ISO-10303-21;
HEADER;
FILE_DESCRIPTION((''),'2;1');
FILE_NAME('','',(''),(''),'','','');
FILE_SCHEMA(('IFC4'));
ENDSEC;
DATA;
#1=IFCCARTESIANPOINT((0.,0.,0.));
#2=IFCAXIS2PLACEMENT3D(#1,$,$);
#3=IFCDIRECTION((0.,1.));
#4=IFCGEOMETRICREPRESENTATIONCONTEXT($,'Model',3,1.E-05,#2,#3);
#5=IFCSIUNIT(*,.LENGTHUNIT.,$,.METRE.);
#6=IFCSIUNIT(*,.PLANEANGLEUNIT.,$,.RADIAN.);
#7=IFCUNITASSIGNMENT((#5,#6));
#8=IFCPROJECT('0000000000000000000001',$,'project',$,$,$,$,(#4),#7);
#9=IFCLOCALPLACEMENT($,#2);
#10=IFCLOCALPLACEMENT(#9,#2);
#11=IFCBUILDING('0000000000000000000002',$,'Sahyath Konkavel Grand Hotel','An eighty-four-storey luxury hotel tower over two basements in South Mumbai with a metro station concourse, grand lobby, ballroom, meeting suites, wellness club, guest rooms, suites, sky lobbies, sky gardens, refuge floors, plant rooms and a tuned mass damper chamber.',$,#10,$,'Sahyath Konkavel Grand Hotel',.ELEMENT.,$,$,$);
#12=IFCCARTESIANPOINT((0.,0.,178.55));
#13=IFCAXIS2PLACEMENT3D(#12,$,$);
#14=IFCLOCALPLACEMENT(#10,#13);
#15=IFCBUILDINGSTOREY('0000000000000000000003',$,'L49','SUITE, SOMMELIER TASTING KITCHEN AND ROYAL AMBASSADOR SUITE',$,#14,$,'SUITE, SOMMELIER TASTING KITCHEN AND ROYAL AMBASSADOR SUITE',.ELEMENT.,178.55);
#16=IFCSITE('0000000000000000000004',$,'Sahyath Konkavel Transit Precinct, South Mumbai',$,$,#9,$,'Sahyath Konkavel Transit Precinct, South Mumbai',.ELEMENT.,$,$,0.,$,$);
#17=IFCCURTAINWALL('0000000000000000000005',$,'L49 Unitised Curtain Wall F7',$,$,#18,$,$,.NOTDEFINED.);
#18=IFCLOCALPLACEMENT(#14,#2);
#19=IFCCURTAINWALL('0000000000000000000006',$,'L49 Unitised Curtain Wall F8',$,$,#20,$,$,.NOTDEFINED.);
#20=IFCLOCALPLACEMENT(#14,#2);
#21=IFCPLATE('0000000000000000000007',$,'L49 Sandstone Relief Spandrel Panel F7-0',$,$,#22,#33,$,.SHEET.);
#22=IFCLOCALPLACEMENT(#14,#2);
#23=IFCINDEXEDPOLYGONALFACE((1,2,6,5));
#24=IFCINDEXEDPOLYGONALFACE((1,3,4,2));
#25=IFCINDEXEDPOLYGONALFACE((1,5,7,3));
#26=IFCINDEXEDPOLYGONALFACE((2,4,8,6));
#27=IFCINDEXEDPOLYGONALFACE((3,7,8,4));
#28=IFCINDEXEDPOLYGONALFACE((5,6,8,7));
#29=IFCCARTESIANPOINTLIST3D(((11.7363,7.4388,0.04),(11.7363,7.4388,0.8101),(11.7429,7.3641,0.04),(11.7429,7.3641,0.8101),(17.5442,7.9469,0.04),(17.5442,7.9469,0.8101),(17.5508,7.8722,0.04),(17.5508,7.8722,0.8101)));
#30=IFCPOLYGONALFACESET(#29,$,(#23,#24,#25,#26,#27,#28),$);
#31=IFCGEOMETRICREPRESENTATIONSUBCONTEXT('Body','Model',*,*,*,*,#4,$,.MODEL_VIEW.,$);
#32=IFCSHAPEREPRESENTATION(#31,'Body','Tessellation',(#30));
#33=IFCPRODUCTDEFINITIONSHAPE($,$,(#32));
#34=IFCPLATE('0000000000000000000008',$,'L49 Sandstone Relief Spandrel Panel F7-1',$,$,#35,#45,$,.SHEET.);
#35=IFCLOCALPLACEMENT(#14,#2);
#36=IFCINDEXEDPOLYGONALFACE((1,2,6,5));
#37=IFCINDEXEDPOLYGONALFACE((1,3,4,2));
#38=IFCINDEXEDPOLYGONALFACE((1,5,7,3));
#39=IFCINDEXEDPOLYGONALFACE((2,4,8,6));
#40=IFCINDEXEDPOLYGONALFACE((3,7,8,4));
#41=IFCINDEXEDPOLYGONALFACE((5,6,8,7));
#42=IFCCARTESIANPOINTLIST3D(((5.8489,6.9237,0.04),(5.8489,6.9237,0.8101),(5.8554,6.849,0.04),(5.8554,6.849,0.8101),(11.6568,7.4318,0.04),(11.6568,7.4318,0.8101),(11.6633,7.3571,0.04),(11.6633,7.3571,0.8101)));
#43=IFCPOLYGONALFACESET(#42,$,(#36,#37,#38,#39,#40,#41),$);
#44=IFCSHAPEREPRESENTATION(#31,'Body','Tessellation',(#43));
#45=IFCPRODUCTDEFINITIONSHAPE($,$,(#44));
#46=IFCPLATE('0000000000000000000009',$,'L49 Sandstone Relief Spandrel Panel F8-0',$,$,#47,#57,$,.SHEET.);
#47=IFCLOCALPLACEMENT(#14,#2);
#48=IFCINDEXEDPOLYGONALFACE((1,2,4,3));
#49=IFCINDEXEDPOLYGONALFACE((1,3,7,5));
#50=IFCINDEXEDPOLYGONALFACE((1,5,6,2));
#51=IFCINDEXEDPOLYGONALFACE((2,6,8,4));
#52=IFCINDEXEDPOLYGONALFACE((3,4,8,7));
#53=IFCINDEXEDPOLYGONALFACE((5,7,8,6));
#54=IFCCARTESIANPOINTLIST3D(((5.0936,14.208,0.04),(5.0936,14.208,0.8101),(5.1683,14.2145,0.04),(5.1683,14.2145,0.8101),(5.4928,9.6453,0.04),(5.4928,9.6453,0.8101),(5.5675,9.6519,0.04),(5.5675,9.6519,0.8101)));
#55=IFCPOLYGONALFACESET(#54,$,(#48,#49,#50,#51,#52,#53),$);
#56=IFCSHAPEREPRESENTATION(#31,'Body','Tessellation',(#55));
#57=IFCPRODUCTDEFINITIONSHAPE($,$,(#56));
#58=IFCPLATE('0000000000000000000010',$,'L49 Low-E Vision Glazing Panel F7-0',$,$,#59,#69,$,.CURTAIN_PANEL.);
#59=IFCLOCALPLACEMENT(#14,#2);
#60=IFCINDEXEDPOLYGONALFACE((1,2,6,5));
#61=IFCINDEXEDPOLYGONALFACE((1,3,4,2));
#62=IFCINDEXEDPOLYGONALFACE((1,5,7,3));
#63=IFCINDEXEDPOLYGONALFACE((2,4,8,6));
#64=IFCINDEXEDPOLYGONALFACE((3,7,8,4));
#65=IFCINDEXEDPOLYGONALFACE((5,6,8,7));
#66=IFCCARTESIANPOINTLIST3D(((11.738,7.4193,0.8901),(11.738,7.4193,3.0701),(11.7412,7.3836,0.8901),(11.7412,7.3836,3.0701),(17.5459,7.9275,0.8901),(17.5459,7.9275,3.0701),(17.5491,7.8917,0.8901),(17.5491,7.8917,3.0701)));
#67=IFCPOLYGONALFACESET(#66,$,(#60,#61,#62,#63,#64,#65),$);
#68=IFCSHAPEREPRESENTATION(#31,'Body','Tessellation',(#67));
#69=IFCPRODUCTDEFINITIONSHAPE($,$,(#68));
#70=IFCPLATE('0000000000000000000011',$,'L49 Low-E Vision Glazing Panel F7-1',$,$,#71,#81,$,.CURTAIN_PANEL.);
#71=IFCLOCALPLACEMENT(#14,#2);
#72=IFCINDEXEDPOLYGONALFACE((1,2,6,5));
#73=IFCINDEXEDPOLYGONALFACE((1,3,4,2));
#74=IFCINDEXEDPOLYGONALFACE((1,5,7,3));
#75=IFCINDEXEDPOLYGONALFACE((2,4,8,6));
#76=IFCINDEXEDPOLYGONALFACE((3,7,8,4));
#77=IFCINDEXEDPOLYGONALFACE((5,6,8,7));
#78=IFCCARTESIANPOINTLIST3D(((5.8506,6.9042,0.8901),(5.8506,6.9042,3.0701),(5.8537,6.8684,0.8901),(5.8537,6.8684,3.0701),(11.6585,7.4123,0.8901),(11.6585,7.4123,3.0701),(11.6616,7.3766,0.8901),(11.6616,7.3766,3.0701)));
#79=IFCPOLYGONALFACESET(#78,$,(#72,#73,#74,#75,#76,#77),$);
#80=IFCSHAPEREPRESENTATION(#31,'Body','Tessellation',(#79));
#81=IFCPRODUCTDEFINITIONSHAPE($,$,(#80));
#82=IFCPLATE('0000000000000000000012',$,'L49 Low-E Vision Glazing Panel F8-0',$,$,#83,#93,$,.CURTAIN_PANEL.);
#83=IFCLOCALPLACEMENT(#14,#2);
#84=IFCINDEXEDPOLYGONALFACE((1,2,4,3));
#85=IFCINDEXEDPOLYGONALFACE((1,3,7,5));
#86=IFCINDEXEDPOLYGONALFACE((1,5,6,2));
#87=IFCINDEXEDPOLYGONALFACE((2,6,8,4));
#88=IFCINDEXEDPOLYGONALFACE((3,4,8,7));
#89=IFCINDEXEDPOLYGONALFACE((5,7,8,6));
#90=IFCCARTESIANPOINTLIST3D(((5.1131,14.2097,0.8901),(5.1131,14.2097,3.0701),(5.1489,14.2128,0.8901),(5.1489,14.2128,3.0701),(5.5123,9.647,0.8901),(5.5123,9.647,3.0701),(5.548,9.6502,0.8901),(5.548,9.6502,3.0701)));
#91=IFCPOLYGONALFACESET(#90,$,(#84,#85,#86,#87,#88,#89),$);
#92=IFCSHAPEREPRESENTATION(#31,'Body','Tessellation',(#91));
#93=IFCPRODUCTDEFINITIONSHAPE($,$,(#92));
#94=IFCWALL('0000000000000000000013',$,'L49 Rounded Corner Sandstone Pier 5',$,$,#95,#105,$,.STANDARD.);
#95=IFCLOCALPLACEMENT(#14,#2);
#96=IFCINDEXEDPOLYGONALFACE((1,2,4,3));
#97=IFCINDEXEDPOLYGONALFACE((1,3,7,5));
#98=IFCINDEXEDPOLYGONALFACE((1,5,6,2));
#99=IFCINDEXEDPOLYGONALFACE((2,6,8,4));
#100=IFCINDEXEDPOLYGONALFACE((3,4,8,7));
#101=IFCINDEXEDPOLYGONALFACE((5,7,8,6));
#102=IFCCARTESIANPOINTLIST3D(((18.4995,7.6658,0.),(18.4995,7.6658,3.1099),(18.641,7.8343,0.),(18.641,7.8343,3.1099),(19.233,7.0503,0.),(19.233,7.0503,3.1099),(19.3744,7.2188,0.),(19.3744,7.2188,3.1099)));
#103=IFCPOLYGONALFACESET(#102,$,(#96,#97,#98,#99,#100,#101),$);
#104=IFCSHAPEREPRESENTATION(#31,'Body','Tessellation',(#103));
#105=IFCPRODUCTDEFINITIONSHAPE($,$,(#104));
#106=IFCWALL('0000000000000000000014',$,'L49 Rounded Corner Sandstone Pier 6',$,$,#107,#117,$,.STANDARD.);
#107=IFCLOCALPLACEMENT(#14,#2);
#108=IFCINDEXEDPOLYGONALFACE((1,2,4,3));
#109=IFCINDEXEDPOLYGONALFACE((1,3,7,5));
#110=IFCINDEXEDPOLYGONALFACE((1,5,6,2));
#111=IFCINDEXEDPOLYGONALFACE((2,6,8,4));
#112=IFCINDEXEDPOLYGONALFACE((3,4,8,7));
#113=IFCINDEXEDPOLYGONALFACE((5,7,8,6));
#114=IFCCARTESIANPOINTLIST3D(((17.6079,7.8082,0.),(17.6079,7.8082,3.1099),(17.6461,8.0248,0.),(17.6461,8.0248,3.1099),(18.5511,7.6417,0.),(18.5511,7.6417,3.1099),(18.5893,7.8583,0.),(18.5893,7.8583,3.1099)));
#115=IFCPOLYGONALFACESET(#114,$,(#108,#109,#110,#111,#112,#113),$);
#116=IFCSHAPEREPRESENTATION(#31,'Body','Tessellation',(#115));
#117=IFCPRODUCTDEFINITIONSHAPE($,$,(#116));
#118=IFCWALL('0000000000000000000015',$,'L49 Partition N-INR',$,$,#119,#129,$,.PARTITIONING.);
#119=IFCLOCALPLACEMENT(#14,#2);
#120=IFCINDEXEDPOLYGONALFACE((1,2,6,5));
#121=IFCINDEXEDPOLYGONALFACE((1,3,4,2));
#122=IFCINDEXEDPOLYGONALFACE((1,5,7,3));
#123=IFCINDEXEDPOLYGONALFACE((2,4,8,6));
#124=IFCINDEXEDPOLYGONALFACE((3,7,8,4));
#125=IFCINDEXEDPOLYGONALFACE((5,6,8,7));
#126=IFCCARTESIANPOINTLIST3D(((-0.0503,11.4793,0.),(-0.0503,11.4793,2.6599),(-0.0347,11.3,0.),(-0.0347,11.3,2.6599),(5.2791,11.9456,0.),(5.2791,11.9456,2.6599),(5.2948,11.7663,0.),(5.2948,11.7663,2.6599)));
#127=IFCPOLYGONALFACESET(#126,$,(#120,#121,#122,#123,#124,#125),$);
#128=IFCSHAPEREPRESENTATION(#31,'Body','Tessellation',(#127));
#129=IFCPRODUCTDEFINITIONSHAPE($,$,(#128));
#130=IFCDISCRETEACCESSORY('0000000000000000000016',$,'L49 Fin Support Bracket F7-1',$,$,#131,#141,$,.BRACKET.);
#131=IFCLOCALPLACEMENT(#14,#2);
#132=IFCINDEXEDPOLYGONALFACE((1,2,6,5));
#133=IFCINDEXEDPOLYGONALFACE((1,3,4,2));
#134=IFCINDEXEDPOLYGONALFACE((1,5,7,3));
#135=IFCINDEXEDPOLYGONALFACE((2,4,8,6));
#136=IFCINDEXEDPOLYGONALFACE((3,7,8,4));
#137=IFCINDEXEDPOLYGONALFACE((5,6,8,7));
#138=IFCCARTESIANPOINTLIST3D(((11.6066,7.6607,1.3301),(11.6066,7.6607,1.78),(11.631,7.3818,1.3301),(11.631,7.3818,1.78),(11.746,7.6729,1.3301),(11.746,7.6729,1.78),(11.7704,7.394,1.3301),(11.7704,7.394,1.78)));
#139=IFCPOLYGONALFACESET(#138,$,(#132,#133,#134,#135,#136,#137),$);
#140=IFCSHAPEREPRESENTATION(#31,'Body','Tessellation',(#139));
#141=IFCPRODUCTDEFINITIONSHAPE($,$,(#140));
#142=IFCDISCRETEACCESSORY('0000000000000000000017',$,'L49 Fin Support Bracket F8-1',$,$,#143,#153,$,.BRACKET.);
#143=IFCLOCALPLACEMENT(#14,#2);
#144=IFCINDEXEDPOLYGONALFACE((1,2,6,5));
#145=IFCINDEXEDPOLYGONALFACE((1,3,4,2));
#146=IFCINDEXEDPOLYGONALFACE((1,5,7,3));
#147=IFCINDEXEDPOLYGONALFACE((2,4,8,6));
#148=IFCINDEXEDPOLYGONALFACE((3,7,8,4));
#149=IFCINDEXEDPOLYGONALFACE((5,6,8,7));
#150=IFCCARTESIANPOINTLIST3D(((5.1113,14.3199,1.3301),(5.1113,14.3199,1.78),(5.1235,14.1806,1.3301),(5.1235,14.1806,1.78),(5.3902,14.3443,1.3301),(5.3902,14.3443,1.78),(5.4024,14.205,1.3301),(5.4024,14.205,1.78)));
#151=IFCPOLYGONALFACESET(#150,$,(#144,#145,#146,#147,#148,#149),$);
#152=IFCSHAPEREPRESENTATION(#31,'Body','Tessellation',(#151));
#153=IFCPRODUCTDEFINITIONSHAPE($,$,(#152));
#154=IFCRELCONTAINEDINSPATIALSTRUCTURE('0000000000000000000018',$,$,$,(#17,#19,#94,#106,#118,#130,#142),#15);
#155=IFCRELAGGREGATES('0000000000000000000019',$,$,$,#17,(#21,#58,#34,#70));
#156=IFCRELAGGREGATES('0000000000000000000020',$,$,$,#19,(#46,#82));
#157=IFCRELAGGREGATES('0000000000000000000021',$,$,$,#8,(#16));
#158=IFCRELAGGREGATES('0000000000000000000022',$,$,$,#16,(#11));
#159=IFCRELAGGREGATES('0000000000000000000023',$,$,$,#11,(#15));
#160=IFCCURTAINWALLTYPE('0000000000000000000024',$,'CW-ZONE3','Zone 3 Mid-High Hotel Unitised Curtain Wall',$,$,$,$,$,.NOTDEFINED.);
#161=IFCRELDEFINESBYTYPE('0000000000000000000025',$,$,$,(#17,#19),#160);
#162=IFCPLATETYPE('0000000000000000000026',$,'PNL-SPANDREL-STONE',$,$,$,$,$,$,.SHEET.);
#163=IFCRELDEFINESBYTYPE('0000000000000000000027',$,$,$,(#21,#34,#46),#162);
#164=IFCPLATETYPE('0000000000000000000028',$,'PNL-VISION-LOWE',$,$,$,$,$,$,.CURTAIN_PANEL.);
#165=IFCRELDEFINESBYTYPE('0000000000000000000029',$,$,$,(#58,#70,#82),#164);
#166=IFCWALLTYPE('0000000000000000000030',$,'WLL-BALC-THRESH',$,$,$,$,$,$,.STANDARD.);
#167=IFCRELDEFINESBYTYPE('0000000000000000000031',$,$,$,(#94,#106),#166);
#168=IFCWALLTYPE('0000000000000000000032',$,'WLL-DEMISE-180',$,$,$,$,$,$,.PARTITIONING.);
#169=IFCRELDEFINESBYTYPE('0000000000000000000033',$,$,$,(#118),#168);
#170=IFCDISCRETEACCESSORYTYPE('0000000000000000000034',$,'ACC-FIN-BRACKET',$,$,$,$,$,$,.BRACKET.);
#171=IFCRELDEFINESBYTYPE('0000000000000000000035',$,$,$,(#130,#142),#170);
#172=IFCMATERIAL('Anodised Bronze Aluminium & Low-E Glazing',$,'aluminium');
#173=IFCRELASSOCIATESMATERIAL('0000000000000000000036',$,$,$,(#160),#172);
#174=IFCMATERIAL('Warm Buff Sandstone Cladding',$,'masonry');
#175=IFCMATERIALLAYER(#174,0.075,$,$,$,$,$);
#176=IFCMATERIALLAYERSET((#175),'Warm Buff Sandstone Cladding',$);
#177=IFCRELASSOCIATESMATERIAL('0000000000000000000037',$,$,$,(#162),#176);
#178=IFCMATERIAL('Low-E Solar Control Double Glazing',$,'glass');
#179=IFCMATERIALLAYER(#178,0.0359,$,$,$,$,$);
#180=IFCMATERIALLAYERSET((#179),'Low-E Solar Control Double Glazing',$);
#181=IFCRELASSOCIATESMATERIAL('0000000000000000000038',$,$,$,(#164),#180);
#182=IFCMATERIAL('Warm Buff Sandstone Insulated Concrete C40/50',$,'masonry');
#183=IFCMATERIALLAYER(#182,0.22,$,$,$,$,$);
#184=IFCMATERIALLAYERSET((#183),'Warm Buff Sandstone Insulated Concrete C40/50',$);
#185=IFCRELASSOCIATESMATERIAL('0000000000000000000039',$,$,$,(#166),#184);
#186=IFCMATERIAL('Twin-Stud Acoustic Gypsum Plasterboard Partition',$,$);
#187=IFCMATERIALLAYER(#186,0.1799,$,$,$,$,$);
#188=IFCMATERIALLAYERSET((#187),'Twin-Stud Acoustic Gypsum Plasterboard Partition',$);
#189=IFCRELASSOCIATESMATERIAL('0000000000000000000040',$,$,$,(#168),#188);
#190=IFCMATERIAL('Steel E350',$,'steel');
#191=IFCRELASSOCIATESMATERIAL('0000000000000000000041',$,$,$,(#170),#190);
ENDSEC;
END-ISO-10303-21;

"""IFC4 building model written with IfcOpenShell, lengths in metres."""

from ifc_helpers import new_model, si_unit, direction, frame, frame_2d, origin, origin_2d, place, context, subcontext, project, spatial, rectangle, extrude, source, transform, mapped, material, layer, layer_set, type_object, element, aggregate, save


model = new_model("IFC4")

# Units and contexts
model_context = context("Model", 3, precision=1e-05, world=origin(), true_north=direction((0.0, 1.0)))
body_context = subcontext(model_context, "Body", "Model", "MODEL_VIEW")
ifc_project = project(units=[si_unit("LENGTHUNIT", "METRE"), si_unit("PLANEANGLEUNIT", "RADIAN")], contexts=[model_context])

# Site, building, storey
site_placement = place(None, origin())
site = spatial("IfcSite", under=ifc_project, at=site_placement, Name="Sahyath Konkavel Transit Precinct, South Mumbai", LongName="Sahyath Konkavel Transit Precinct, South Mumbai", CompositionType="ELEMENT", RefElevation=0.0)
building_placement = place(site_placement, origin())
building = spatial("IfcBuilding", under=site, at=building_placement, Name="Sahyath Konkavel Grand Hotel", Description="An eighty-four-storey luxury hotel tower over two basements in South Mumbai with a metro station concourse, grand lobby, ballroom, meeting suites, wellness club, guest rooms, suites, sky lobbies, sky gardens, refuge floors, plant rooms and a tuned mass damper chamber.", LongName="Sahyath Konkavel Grand Hotel", CompositionType="ELEMENT")
storey_placement = place(building_placement, frame((0.0, 0.0, 178.55)))
storey = spatial("IfcBuildingStorey", under=building, at=storey_placement, Name="L49", Description="SUITE, SOMMELIER TASTING KITCHEN AND ROYAL AMBASSADOR SUITE", LongName="SUITE, SOMMELIER TASTING KITCHEN AND ROYAL AMBASSADOR SUITE", CompositionType="ELEMENT", Elevation=178.55)

# Shared definitions
ifc_material_1 = material(Name="Anodised Bronze Aluminium & Low-E Glazing", Category="aluminium")
curtain_wall_type = type_object("IfcCurtainWallType", Name="CW-ZONE3", Description="Zone 3 Mid-High Hotel Unitised Curtain Wall", PredefinedType="NOTDEFINED", material=ifc_material_1)

# Curtain walls
curtain_wall_1_placement = place(storey_placement, origin())
curtain_wall_1 = element("IfcCurtainWall", 1, at=curtain_wall_1_placement, inside=storey, type_object=curtain_wall_type, Name="L49 Unitised Curtain Wall F7", PredefinedType="NOTDEFINED")
curtain_wall_2_placement = place(storey_placement, origin())
curtain_wall_2 = element("IfcCurtainWall", 2, at=curtain_wall_2_placement, inside=storey, type_object=curtain_wall_type, Name="L49 Unitised Curtain Wall F8", PredefinedType="NOTDEFINED")

# Plates
ifc_material_2 = material(Name="Warm Buff Sandstone Cladding", Category="masonry")
ifc_layer_1 = layer(ifc_material_2, 0.075)
ifc_layer_set_1 = layer_set([ifc_layer_1], Name="Warm Buff Sandstone Cladding")
plate_type_1 = type_object("IfcPlateType", Name="PNL-SPANDREL-STONE", PredefinedType="SHEET", material=ifc_layer_set_1)
shared_shape_1 = source(origin(), body_context, "Body", "SweptSolid", [
    extrude(rectangle(XDim=5.8301, YDim=0.075, at=origin_2d()), origin(), (0.0, 0.0, 1.0), 0.77),
])
plate_1_placement = place(storey_placement, frame((14.6436, 7.6555, 0.04), z_axis=(0.0, 0.0, 1.0), x_axis=(-0.996195, -0.087156, 0.0)))
plate_1 = element("IfcPlate", 3, at=plate_1_placement, type_object=plate_type_1, Name="L49 Sandstone Relief Spandrel Panel F7-0", PredefinedType="SHEET", context=body_context, shape_type="MappedRepresentation", body=[
    mapped(shared_shape_1, transform((0.0, 0.0, 0.0), scale=1.0)),
])
plate_2_placement = place(storey_placement, frame((8.7561, 7.1404, 0.04), z_axis=(0.0, 0.0, 1.0), x_axis=(-0.996195, -0.087156, 0.0)))
plate_2 = element("IfcPlate", 4, at=plate_2_placement, type_object=plate_type_1, Name="L49 Sandstone Relief Spandrel Panel F7-1", PredefinedType="SHEET", context=body_context, shape_type="MappedRepresentation", body=[
    mapped(shared_shape_1, transform((0.0, 0.0, 0.0), scale=1.0)),
])
shared_shape_2 = source(origin(), body_context, "Body", "SweptSolid", [
    extrude(rectangle(XDim=4.5801, YDim=0.075, at=origin_2d()), origin(), (0.0, 0.0, 1.0), 0.77),
])
plate_3_placement = place(storey_placement, frame((5.3306, 11.9299, 0.04), z_axis=(0.0, 0.0, 1.0), x_axis=(-0.087156, 0.996195, 0.0)))
plate_3 = element("IfcPlate", 5, at=plate_3_placement, type_object=plate_type_1, Name="L49 Sandstone Relief Spandrel Panel F8-0", PredefinedType="SHEET", context=body_context, shape_type="MappedRepresentation", body=[
    mapped(shared_shape_2, transform((0.0, 0.0, 0.0), scale=1.0)),
])
ifc_material_3 = material(Name="Low-E Solar Control Double Glazing", Category="glass")
ifc_layer_2 = layer(ifc_material_3, 0.0359)
ifc_layer_set_2 = layer_set([ifc_layer_2], Name="Low-E Solar Control Double Glazing")
plate_type_2 = type_object("IfcPlateType", Name="PNL-VISION-LOWE", PredefinedType="CURTAIN_PANEL", material=ifc_layer_set_2)
shared_shape_3 = source(origin(), body_context, "Body", "SweptSolid", [
    extrude(rectangle(XDim=5.8301, YDim=0.0359, at=origin_2d()), origin(), (0.0, 0.0, 1.0), 2.1799),
])
plate_4_placement = place(storey_placement, frame((14.6436, 7.6555, 0.8901), z_axis=(0.0, 0.0, 1.0), x_axis=(-0.996195, -0.087156, 0.0)))
plate_4 = element("IfcPlate", 6, at=plate_4_placement, type_object=plate_type_2, Name="L49 Low-E Vision Glazing Panel F7-0", PredefinedType="CURTAIN_PANEL", context=body_context, shape_type="MappedRepresentation", body=[
    mapped(shared_shape_3, transform((0.0, 0.0, 0.0), scale=1.0)),
])
plate_5_placement = place(storey_placement, frame((8.7561, 7.1404, 0.8901), z_axis=(0.0, 0.0, 1.0), x_axis=(-0.996195, -0.087156, 0.0)))
plate_5 = element("IfcPlate", 7, at=plate_5_placement, type_object=plate_type_2, Name="L49 Low-E Vision Glazing Panel F7-1", PredefinedType="CURTAIN_PANEL", context=body_context, shape_type="MappedRepresentation", body=[
    mapped(shared_shape_3, transform((0.0, 0.0, 0.0), scale=1.0)),
])
aggregate(curtain_wall_1, [plate_1, plate_4, plate_2, plate_5])
shared_shape_4 = source(origin(), body_context, "Body", "SweptSolid", [
    extrude(rectangle(XDim=4.5801, YDim=0.0359, at=origin_2d()), origin(), (0.0, 0.0, 1.0), 2.1799),
])
plate_6_placement = place(storey_placement, frame((5.3306, 11.9299, 0.8901), z_axis=(0.0, 0.0, 1.0), x_axis=(-0.087156, 0.996195, 0.0)))
plate_6 = element("IfcPlate", 8, at=plate_6_placement, type_object=plate_type_2, Name="L49 Low-E Vision Glazing Panel F8-0", PredefinedType="CURTAIN_PANEL", context=body_context, shape_type="MappedRepresentation", body=[
    mapped(shared_shape_4, transform((0.0, 0.0, 0.0), scale=1.0)),
])
aggregate(curtain_wall_2, [plate_3, plate_6])

# Walls
ifc_material_4 = material(Name="Warm Buff Sandstone Insulated Concrete C40/50", Category="masonry")
ifc_layer_3 = layer(ifc_material_4, 0.22)
ifc_layer_set_3 = layer_set([ifc_layer_3], Name="Warm Buff Sandstone Insulated Concrete C40/50")
wall_type_1 = type_object("IfcWallType", Name="WLL-BALC-THRESH", PredefinedType="STANDARD", material=ifc_layer_set_3)
wall_1_placement = place(storey_placement, frame((19.3037, 7.1345, 0.0), z_axis=(0.0, 0.0, 1.0), x_axis=(-0.766001, 0.642839, 0.0)))
element("IfcWall", 9, at=wall_1_placement, inside=storey, type_object=wall_type_1, Name="L49 Rounded Corner Sandstone Pier 5", PredefinedType="STANDARD", context=body_context, shape_type="SweptSolid", body=[
    extrude(rectangle(XDim=0.9575, YDim=0.22, at=frame_2d((0.4788, 0.0))), origin(), (0.0, 0.0, 1.0), 3.1099),
])
wall_2_placement = place(storey_placement, frame((18.5703, 7.75, 0.0), z_axis=(0.0, 0.0, 1.0), x_axis=(-0.984771, 0.173858, 0.0)))
element("IfcWall", 10, at=wall_2_placement, inside=storey, type_object=wall_type_1, Name="L49 Rounded Corner Sandstone Pier 6", PredefinedType="STANDARD", context=body_context, shape_type="SweptSolid", body=[
    extrude(rectangle(XDim=0.9578, YDim=0.22, at=frame_2d((0.479, 0.0))), origin(), (0.0, 0.0, 1.0), 3.1099),
])
ifc_material_5 = material(Name="Twin-Stud Acoustic Gypsum Plasterboard Partition")
ifc_layer_4 = layer(ifc_material_5, 0.1799)
ifc_layer_set_4 = layer_set([ifc_layer_4], Name="Twin-Stud Acoustic Gypsum Plasterboard Partition")
wall_type_2 = type_object("IfcWallType", Name="WLL-DEMISE-180", PredefinedType="PARTITIONING", material=ifc_layer_set_4)
wall_3_placement = place(storey_placement, frame((5.2869, 11.856, 0.0), z_axis=(0.0, 0.0, 1.0), x_axis=(-0.996194, -0.087161, 0.0)))
element("IfcWall", 11, at=wall_3_placement, inside=storey, type_object=wall_type_2, Name="L49 Partition N-INR", PredefinedType="PARTITIONING", context=body_context, shape_type="SweptSolid", body=[
    extrude(rectangle(XDim=5.3499, YDim=0.1799, at=frame_2d((2.6748, 0.0))), origin(), (0.0, 0.0, 1.0), 2.6599),
])

# Discrete accessories
ifc_material_6 = material(Name="Steel E350", Category="steel")
discrete_accessory_type = type_object("IfcDiscreteAccessoryType", Name="ACC-FIN-BRACKET", PredefinedType="BRACKET", material=ifc_material_6)
shared_shape_5 = source(origin(), body_context, "Body", "SweptSolid", [
    extrude(rectangle(XDim=0.28, YDim=0.1399, at=origin_2d()), origin(), (0.0, 0.0, 1.0), 0.45),
])
for number, where, z_axis, x_axis, name in (
    (12, (11.6885, 7.5273, 1.3301), (0.0, 0.0, 1.0), (-0.087156, 0.996195, 0.0), "L49 Fin Support Bracket F7-1"),
    (13, (5.2568, 14.2625, 1.3301), (0.0, 0.0, 1.0), (0.996195, 0.087156, 0.0), "L49 Fin Support Bracket F8-1"),
):
    element("IfcDiscreteAccessory", number, at=place(storey_placement, frame(where, z_axis=z_axis, x_axis=x_axis)), inside=storey, type_object=discrete_accessory_type, Name=name, PredefinedType="BRACKET", context=body_context, shape_type="MappedRepresentation", body=[
        mapped(shared_shape_5, transform((0.0, 0.0, 0.0), scale=1.0)),
    ])

save(model, "model.ifc")
